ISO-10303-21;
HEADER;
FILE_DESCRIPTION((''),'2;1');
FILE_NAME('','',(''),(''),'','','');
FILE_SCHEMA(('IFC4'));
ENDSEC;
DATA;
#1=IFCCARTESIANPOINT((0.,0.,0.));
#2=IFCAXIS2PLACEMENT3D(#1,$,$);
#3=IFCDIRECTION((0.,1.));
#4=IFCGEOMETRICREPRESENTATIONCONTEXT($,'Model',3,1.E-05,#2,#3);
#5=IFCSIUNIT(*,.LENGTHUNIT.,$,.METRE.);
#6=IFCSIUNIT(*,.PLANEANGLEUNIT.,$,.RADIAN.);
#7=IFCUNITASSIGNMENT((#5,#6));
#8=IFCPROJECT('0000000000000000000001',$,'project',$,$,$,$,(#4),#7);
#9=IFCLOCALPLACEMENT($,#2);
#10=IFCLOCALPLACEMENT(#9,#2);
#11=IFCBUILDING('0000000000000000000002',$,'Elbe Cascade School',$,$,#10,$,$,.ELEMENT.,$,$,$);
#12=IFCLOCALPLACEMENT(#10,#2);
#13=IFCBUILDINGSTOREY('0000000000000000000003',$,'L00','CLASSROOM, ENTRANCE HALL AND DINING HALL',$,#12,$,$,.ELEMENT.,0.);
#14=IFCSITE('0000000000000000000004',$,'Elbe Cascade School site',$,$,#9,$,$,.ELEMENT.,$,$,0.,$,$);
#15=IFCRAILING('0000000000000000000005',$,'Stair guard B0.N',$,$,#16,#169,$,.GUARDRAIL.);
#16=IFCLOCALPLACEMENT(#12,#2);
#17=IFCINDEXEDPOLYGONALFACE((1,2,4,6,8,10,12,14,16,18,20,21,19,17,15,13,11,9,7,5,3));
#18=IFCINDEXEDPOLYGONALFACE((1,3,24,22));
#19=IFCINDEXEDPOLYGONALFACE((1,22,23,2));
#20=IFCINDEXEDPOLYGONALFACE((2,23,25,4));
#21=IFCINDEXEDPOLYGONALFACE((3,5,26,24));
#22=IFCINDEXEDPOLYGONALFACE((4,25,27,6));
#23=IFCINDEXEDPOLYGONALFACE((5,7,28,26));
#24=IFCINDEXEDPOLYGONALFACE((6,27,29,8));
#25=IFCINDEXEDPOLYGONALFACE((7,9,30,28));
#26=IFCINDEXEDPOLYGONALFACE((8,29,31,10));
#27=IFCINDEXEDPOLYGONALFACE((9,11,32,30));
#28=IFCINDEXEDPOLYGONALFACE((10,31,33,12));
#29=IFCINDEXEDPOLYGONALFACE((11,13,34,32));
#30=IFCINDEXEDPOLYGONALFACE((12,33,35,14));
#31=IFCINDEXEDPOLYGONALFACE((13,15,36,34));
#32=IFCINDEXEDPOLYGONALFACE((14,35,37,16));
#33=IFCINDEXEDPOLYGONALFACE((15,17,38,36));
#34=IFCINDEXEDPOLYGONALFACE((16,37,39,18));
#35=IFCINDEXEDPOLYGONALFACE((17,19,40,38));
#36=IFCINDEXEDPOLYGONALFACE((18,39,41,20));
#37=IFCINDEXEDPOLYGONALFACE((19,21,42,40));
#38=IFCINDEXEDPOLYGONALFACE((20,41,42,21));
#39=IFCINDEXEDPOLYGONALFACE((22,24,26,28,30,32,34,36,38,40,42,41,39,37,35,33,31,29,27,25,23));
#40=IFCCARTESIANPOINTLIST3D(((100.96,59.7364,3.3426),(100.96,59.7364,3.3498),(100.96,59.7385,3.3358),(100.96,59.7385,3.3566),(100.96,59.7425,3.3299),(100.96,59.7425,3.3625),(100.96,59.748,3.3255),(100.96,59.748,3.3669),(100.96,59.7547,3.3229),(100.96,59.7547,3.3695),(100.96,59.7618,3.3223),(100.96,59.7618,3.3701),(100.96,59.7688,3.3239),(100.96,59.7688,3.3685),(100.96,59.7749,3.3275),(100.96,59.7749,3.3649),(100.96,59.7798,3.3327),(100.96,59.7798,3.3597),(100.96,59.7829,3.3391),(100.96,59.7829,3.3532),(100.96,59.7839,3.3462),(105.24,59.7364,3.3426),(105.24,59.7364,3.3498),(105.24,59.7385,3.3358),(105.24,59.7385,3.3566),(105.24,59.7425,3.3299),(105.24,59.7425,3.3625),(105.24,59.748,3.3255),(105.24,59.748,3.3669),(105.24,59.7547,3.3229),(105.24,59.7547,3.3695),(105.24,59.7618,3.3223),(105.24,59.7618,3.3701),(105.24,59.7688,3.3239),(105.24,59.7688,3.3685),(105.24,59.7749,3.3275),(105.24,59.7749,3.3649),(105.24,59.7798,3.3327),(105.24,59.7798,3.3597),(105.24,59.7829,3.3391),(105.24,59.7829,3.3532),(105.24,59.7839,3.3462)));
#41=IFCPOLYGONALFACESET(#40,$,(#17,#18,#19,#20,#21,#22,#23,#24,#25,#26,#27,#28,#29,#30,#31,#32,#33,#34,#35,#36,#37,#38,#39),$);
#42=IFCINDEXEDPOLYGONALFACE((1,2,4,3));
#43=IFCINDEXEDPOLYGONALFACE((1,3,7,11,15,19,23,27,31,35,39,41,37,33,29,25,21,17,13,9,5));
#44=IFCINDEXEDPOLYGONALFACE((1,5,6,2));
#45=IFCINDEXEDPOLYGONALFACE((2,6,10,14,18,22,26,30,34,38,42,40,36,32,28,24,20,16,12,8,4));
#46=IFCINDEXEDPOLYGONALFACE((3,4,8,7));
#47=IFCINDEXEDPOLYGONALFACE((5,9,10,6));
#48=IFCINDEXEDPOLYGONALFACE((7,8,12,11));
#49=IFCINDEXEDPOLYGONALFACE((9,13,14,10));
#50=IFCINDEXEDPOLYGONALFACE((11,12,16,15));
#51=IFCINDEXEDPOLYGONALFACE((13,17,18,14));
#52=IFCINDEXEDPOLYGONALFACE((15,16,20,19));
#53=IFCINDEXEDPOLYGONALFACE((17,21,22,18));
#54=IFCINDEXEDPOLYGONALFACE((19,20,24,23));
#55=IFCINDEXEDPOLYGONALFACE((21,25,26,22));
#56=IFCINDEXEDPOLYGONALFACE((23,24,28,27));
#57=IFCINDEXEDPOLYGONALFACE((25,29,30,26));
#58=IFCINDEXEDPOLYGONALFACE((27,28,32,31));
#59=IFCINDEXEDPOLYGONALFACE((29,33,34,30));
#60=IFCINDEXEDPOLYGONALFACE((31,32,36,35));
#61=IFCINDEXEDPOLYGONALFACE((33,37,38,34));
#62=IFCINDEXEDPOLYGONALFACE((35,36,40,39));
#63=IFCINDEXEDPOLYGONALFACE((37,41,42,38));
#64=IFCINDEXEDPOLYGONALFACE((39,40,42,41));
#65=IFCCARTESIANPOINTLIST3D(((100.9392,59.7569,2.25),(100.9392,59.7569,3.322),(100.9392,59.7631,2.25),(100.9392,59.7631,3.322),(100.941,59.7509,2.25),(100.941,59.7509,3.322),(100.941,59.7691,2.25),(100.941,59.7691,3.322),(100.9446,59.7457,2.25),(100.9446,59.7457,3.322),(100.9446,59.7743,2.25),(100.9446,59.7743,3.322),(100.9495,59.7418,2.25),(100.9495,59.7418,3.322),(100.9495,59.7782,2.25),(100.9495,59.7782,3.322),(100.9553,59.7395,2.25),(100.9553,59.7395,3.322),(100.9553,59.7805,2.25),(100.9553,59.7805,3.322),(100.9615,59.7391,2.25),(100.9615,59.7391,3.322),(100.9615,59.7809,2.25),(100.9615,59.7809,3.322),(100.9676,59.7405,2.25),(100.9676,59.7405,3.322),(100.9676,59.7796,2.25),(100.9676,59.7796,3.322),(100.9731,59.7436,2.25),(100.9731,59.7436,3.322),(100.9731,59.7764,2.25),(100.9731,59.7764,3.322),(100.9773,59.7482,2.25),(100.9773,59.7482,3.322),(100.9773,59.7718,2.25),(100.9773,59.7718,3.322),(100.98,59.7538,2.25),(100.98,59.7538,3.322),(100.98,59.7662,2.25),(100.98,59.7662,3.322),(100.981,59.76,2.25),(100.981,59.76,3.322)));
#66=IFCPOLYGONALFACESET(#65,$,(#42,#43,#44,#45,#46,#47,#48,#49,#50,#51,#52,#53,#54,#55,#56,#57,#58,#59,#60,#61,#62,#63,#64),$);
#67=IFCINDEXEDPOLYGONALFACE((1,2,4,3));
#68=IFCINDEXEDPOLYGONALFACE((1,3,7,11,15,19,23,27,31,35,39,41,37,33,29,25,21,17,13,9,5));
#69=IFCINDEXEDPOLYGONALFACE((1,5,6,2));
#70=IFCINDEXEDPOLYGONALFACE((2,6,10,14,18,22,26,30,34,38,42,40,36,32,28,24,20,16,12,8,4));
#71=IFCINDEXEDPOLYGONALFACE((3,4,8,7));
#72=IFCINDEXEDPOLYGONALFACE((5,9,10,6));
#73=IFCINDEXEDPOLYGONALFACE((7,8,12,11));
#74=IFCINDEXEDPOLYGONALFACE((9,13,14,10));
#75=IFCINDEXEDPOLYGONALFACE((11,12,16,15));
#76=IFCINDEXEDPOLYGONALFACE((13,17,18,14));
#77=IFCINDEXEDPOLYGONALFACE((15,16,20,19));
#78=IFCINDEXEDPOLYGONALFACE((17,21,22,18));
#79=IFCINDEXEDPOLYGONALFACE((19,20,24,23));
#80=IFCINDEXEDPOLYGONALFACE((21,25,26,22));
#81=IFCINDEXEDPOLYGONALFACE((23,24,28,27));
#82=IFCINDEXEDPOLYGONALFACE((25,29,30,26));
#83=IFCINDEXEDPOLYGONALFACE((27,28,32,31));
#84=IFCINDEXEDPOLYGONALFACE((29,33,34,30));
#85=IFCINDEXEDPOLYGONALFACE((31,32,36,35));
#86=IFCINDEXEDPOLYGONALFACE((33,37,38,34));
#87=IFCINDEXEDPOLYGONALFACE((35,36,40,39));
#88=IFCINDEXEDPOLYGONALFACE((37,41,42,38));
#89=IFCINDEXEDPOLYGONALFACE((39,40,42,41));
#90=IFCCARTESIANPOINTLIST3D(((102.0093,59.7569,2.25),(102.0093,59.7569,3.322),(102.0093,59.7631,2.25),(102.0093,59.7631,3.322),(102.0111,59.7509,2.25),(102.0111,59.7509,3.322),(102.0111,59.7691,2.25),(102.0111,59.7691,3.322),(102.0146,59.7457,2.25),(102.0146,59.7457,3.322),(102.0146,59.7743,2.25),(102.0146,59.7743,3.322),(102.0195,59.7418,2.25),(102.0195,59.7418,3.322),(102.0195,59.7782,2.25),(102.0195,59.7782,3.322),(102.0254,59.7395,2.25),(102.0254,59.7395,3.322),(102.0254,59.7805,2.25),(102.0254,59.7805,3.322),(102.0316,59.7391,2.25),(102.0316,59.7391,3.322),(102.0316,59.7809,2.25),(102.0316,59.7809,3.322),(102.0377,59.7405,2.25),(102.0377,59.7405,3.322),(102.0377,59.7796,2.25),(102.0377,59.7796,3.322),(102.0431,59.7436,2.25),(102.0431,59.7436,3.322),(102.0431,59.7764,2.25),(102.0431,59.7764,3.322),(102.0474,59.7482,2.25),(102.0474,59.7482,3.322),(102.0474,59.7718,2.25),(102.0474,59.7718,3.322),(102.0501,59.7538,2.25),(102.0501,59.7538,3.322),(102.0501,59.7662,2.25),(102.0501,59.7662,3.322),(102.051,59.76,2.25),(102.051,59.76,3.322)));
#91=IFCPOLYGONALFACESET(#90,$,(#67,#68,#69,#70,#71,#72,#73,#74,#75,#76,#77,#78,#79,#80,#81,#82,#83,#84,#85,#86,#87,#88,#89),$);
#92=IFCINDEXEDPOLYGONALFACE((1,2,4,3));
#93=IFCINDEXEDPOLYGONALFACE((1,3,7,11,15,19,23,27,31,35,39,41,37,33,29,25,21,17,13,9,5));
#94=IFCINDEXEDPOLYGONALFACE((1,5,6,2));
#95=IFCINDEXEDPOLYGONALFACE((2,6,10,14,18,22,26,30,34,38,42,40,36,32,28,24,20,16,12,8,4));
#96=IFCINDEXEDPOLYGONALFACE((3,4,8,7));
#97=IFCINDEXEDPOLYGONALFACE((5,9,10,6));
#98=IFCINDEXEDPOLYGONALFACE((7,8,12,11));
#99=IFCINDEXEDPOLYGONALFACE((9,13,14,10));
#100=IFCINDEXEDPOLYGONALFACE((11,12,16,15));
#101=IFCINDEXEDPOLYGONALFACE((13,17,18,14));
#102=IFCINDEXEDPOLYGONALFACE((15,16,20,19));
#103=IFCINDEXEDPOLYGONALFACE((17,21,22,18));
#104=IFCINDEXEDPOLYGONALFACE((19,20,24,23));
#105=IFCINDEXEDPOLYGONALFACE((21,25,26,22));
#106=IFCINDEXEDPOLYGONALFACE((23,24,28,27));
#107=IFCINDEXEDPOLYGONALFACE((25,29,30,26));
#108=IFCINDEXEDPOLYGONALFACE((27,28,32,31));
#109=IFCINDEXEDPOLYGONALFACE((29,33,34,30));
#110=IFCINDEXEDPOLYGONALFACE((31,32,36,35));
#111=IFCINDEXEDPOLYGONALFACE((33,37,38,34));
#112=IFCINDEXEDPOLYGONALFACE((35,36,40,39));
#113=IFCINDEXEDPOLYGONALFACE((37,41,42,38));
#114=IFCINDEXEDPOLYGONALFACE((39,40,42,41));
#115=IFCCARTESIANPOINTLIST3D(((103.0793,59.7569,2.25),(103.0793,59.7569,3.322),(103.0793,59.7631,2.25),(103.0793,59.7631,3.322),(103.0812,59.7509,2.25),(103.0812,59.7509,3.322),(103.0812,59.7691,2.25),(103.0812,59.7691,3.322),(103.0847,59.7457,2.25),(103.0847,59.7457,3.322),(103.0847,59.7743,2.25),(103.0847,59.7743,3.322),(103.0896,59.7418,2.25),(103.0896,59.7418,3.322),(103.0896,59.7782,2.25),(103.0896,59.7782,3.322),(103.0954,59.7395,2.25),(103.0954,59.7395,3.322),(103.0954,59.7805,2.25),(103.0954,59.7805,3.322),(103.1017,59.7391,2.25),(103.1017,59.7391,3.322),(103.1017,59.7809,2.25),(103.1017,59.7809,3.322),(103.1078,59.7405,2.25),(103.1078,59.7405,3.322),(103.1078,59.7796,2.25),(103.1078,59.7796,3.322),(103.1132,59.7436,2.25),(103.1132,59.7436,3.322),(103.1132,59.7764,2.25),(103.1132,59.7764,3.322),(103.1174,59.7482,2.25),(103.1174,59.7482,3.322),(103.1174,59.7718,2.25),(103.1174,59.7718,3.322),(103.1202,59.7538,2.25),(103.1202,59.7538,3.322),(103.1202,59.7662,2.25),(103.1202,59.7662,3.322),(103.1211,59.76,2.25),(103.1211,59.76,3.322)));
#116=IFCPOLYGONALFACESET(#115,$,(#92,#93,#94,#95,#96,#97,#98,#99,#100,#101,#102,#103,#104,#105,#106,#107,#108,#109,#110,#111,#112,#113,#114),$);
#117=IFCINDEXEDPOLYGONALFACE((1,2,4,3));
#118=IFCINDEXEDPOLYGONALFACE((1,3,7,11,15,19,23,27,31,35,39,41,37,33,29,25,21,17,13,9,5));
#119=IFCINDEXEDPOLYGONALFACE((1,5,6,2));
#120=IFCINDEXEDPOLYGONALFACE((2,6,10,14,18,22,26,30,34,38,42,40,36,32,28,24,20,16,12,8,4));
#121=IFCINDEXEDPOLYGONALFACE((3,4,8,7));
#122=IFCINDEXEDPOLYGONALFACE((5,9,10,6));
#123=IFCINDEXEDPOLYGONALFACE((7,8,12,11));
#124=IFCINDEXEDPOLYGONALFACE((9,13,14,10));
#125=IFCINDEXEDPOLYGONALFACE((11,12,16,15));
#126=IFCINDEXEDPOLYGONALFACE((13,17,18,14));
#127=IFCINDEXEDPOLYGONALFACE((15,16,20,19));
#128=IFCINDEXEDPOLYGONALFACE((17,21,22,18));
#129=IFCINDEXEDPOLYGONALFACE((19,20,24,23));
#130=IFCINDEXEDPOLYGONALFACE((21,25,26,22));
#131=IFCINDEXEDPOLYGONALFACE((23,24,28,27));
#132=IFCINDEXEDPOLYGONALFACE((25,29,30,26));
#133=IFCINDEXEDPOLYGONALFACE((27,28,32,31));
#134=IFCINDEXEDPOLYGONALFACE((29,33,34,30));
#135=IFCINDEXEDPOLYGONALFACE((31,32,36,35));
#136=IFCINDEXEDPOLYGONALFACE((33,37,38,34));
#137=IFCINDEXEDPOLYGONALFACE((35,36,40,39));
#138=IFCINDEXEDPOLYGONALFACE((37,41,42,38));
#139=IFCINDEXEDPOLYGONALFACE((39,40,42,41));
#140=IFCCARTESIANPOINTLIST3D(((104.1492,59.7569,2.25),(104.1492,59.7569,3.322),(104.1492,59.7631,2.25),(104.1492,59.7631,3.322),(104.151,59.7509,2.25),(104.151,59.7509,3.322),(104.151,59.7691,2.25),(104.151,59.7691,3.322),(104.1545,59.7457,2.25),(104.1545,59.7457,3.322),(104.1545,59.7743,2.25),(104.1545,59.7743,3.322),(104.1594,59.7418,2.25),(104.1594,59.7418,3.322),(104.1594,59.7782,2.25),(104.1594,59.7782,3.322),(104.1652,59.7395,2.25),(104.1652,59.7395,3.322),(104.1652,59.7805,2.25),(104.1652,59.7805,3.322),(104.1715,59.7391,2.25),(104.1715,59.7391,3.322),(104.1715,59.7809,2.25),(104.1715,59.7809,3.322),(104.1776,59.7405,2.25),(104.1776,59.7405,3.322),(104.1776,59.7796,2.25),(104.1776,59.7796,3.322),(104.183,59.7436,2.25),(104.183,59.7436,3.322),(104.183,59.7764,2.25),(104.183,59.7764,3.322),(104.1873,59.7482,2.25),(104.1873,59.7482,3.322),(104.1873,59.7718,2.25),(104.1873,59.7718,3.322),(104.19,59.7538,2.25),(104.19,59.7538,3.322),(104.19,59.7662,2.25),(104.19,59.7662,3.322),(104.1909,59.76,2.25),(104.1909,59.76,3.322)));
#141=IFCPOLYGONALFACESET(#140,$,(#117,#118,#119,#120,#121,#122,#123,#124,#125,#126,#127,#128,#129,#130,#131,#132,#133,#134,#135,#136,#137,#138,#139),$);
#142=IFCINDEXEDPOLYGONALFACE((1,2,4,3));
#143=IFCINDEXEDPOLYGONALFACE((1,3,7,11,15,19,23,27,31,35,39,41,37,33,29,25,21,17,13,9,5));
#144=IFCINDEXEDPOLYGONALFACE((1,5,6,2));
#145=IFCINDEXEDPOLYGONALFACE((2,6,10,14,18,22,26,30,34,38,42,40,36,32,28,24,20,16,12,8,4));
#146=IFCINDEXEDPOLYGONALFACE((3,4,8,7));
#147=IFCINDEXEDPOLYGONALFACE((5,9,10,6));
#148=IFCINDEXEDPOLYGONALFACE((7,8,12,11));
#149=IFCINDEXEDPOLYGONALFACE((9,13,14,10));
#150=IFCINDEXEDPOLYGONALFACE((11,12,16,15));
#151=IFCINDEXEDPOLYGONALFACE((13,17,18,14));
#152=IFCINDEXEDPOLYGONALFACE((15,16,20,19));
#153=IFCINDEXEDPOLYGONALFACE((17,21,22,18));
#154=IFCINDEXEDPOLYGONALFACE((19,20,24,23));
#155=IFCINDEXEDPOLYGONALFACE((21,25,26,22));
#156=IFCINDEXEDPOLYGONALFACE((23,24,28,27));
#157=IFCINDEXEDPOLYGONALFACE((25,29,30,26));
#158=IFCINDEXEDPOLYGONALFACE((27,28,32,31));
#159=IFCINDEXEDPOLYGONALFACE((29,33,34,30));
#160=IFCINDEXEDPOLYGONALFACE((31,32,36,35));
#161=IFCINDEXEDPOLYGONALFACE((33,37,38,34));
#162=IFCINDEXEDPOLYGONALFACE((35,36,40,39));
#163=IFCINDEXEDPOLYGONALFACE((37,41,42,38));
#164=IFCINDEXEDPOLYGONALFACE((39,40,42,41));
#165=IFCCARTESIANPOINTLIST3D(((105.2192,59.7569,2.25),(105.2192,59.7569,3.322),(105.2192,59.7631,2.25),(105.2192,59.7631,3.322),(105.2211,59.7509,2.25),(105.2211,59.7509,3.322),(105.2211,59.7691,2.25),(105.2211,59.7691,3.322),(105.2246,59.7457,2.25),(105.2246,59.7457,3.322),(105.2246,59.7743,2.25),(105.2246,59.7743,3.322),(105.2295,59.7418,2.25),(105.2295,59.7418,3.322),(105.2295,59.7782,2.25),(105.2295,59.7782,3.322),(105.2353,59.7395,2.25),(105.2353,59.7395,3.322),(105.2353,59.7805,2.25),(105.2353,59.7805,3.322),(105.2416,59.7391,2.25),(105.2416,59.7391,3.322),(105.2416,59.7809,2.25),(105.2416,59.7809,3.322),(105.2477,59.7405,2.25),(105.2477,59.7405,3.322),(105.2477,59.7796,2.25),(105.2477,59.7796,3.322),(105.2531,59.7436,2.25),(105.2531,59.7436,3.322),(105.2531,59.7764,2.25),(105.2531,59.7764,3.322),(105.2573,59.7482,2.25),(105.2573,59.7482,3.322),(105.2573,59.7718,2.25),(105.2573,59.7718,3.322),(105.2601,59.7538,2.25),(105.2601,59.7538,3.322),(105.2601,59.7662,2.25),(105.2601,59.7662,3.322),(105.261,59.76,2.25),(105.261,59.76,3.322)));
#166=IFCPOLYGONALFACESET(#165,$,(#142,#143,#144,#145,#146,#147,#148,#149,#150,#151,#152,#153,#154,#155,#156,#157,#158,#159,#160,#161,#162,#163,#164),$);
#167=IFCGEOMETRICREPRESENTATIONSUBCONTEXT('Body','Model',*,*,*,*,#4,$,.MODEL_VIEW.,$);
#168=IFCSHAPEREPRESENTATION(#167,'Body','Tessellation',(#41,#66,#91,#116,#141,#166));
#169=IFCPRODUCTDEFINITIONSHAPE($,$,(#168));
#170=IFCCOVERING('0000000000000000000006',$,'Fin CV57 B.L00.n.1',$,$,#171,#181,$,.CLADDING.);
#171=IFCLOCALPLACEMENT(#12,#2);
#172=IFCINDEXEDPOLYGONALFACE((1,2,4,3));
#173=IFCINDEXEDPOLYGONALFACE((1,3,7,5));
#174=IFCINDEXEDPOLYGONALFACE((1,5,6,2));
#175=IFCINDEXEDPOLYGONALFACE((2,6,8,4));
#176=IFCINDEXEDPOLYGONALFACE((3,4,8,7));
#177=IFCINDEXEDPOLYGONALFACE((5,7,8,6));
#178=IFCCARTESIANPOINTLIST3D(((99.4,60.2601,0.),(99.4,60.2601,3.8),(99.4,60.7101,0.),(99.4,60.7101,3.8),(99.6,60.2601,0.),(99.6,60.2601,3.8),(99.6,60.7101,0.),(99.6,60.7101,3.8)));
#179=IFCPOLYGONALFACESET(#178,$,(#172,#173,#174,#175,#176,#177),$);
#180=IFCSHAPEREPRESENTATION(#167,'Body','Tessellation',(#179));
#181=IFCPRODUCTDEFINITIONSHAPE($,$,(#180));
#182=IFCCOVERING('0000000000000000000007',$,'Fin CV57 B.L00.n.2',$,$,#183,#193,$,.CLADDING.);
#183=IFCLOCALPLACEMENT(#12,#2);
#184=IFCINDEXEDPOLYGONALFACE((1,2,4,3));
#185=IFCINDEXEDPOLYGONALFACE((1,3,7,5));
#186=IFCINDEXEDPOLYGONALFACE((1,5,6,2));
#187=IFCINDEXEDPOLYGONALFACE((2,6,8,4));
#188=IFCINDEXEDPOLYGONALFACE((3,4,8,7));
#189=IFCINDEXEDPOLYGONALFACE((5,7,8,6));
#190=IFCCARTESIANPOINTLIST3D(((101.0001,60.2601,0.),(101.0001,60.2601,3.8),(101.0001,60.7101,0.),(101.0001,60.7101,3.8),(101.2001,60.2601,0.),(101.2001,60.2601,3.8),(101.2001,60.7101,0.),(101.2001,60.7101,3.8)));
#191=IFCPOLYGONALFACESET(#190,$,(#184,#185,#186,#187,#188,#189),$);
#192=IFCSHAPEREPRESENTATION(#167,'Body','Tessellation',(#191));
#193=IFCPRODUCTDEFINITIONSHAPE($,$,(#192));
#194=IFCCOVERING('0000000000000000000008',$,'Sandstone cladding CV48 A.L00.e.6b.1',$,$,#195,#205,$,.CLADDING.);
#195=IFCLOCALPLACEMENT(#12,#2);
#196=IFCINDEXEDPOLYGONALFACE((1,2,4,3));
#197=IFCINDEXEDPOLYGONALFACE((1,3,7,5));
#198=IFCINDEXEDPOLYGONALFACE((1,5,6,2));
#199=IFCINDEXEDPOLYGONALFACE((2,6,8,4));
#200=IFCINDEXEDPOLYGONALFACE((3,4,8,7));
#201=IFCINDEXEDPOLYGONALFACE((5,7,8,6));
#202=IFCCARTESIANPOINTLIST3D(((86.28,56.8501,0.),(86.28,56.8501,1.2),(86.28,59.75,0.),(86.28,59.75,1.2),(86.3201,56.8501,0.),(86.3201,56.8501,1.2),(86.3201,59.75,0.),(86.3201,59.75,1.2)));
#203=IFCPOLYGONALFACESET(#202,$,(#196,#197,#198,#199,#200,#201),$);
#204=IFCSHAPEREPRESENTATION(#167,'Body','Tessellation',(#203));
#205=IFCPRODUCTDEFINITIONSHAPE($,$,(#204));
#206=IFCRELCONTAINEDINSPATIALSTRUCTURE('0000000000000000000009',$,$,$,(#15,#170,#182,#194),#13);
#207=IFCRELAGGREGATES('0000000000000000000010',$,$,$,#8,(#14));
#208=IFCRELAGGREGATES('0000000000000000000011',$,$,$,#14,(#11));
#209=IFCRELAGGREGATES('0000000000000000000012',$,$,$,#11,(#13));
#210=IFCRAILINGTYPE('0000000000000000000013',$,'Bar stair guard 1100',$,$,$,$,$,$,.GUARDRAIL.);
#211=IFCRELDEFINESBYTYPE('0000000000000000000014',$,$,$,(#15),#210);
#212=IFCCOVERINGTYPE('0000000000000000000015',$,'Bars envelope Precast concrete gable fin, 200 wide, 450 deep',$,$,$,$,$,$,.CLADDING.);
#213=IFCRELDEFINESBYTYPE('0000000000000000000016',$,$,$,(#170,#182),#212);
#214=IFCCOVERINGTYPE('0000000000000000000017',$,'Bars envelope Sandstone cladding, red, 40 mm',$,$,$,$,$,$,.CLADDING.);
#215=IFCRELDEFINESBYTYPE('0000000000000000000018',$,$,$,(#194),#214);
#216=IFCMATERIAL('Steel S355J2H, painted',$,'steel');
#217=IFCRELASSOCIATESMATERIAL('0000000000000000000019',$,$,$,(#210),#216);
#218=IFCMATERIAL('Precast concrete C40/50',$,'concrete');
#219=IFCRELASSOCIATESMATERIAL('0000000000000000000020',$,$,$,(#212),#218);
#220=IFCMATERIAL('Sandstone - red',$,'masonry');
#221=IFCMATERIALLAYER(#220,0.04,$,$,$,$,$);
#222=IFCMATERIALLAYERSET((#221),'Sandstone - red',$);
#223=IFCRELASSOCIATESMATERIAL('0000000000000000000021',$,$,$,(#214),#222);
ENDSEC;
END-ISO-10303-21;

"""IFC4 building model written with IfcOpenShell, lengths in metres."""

from ifc_helpers import new_model, si_unit, direction, frame, origin, origin_2d, place, context, subcontext, project, spatial, rectangle, circle, extrude, material, layer, layer_set, type_object, element, save


model = new_model("IFC4")

# Units and contexts
model_context = context("Model", 3, precision=1e-05, world=origin(), true_north=direction((0.0, 1.0)))
body_context = subcontext(model_context, "Body", "Model", "MODEL_VIEW")
ifc_project = project(units=[si_unit("LENGTHUNIT", "METRE"), si_unit("PLANEANGLEUNIT", "RADIAN")], contexts=[model_context])

# Site, building, storey
site_placement = place(None, origin())
site = spatial("IfcSite", under=ifc_project, at=site_placement, Name="Elbe Cascade School site", CompositionType="ELEMENT", RefElevation=0.0)
building_placement = place(site_placement, origin())
building = spatial("IfcBuilding", under=site, at=building_placement, Name="Elbe Cascade School", CompositionType="ELEMENT")
storey_placement = place(building_placement, origin())
storey = spatial("IfcBuildingStorey", under=building, at=storey_placement, Name="L00", Description="CLASSROOM, ENTRANCE HALL AND DINING HALL", CompositionType="ELEMENT", Elevation=0.0)

# Railing
ifc_material_1 = material(Name="Steel S355J2H, painted", Category="steel")
railing_type = type_object("IfcRailingType", Name="Bar stair guard 1100", PredefinedType="GUARDRAIL", material=ifc_material_1)
railing_placement = place(storey_placement, frame((100.96, 59.76, 2.25)))
element("IfcRailing", 1, at=railing_placement, inside=storey, type_object=railing_type, Name="Stair guard B0.N", PredefinedType="GUARDRAIL", context=body_context, shape_type="SweptSolid", body=[
    extrude(circle(Radius=0.0239, at=origin_2d()), frame((0.0, 0.0, 1.0962), z_axis=(1.0, 0.0, 0.0), x_axis=(0.0, 1.0, 0.0)), (0.0, 0.0, 1.0), 4.28),
    extrude(circle(Radius=0.021, at=origin_2d()), origin(), (0.0, 0.0, 1.0), 1.072),
    extrude(circle(Radius=0.021, at=origin_2d()), frame((1.0701, 0.0, 0.0)), (0.0, 0.0, 1.0), 1.072),
    extrude(circle(Radius=0.021, at=origin_2d()), frame((2.1401, 0.0, 0.0)), (0.0, 0.0, 1.0), 1.072),
    extrude(circle(Radius=0.021, at=origin_2d()), frame((3.21, 0.0, 0.0)), (0.0, 0.0, 1.0), 1.072),
    extrude(circle(Radius=0.021, at=origin_2d()), frame((4.28, 0.0, 0.0)), (0.0, 0.0, 1.0), 1.072),
])

# Coverings
ifc_material_2 = material(Name="Precast concrete C40/50", Category="concrete")
covering_type_1 = type_object("IfcCoveringType", Name="Bars envelope Precast concrete gable fin, 200 wide, 450 deep", PredefinedType="CLADDING", material=ifc_material_2)
for number, where, z_axis, x_axis, name in (
    (2, (99.5, 60.4851, 0.0), (0.0, 0.0, 1.0), (1.0, 0.0, 0.0), "Fin CV57 B.L00.n.1"),
    (3, (101.1001, 60.4851, 0.0), (0.0, 0.0, 1.0), (1.0, 0.0, 0.0), "Fin CV57 B.L00.n.2"),
):
    element("IfcCovering", number, at=place(storey_placement, frame(where, z_axis=z_axis, x_axis=x_axis)), inside=storey, type_object=covering_type_1, Name=name, PredefinedType="CLADDING", context=body_context, shape_type="SweptSolid", body=[
        extrude(rectangle(XDim=0.2, YDim=0.45, at=origin_2d()), origin(), (0.0, 0.0, 1.0), 3.8),
    ])
ifc_material_3 = material(Name="Sandstone - red", Category="masonry")
ifc_layer_1 = layer(ifc_material_3, 0.04)
ifc_layer_set_1 = layer_set([ifc_layer_1], Name="Sandstone - red")
covering_type_2 = type_object("IfcCoveringType", Name="Bars envelope Sandstone cladding, red, 40 mm", PredefinedType="CLADDING", material=ifc_layer_set_1)
covering_1_placement = place(storey_placement, frame((86.3, 58.3, 0.0), z_axis=(0.0, 0.0, 1.0), x_axis=(0.0, 1.0, 0.0)))
element("IfcCovering", 4, at=covering_1_placement, inside=storey, type_object=covering_type_2, Name="Sandstone cladding CV48 A.L00.e.6b.1", PredefinedType="CLADDING", context=body_context, shape_type="SweptSolid", body=[
    extrude(rectangle(XDim=2.8999, YDim=0.04, at=origin_2d()), origin(), (0.0, 0.0, 1.0), 1.2),
])

save(model, "model.ifc")
